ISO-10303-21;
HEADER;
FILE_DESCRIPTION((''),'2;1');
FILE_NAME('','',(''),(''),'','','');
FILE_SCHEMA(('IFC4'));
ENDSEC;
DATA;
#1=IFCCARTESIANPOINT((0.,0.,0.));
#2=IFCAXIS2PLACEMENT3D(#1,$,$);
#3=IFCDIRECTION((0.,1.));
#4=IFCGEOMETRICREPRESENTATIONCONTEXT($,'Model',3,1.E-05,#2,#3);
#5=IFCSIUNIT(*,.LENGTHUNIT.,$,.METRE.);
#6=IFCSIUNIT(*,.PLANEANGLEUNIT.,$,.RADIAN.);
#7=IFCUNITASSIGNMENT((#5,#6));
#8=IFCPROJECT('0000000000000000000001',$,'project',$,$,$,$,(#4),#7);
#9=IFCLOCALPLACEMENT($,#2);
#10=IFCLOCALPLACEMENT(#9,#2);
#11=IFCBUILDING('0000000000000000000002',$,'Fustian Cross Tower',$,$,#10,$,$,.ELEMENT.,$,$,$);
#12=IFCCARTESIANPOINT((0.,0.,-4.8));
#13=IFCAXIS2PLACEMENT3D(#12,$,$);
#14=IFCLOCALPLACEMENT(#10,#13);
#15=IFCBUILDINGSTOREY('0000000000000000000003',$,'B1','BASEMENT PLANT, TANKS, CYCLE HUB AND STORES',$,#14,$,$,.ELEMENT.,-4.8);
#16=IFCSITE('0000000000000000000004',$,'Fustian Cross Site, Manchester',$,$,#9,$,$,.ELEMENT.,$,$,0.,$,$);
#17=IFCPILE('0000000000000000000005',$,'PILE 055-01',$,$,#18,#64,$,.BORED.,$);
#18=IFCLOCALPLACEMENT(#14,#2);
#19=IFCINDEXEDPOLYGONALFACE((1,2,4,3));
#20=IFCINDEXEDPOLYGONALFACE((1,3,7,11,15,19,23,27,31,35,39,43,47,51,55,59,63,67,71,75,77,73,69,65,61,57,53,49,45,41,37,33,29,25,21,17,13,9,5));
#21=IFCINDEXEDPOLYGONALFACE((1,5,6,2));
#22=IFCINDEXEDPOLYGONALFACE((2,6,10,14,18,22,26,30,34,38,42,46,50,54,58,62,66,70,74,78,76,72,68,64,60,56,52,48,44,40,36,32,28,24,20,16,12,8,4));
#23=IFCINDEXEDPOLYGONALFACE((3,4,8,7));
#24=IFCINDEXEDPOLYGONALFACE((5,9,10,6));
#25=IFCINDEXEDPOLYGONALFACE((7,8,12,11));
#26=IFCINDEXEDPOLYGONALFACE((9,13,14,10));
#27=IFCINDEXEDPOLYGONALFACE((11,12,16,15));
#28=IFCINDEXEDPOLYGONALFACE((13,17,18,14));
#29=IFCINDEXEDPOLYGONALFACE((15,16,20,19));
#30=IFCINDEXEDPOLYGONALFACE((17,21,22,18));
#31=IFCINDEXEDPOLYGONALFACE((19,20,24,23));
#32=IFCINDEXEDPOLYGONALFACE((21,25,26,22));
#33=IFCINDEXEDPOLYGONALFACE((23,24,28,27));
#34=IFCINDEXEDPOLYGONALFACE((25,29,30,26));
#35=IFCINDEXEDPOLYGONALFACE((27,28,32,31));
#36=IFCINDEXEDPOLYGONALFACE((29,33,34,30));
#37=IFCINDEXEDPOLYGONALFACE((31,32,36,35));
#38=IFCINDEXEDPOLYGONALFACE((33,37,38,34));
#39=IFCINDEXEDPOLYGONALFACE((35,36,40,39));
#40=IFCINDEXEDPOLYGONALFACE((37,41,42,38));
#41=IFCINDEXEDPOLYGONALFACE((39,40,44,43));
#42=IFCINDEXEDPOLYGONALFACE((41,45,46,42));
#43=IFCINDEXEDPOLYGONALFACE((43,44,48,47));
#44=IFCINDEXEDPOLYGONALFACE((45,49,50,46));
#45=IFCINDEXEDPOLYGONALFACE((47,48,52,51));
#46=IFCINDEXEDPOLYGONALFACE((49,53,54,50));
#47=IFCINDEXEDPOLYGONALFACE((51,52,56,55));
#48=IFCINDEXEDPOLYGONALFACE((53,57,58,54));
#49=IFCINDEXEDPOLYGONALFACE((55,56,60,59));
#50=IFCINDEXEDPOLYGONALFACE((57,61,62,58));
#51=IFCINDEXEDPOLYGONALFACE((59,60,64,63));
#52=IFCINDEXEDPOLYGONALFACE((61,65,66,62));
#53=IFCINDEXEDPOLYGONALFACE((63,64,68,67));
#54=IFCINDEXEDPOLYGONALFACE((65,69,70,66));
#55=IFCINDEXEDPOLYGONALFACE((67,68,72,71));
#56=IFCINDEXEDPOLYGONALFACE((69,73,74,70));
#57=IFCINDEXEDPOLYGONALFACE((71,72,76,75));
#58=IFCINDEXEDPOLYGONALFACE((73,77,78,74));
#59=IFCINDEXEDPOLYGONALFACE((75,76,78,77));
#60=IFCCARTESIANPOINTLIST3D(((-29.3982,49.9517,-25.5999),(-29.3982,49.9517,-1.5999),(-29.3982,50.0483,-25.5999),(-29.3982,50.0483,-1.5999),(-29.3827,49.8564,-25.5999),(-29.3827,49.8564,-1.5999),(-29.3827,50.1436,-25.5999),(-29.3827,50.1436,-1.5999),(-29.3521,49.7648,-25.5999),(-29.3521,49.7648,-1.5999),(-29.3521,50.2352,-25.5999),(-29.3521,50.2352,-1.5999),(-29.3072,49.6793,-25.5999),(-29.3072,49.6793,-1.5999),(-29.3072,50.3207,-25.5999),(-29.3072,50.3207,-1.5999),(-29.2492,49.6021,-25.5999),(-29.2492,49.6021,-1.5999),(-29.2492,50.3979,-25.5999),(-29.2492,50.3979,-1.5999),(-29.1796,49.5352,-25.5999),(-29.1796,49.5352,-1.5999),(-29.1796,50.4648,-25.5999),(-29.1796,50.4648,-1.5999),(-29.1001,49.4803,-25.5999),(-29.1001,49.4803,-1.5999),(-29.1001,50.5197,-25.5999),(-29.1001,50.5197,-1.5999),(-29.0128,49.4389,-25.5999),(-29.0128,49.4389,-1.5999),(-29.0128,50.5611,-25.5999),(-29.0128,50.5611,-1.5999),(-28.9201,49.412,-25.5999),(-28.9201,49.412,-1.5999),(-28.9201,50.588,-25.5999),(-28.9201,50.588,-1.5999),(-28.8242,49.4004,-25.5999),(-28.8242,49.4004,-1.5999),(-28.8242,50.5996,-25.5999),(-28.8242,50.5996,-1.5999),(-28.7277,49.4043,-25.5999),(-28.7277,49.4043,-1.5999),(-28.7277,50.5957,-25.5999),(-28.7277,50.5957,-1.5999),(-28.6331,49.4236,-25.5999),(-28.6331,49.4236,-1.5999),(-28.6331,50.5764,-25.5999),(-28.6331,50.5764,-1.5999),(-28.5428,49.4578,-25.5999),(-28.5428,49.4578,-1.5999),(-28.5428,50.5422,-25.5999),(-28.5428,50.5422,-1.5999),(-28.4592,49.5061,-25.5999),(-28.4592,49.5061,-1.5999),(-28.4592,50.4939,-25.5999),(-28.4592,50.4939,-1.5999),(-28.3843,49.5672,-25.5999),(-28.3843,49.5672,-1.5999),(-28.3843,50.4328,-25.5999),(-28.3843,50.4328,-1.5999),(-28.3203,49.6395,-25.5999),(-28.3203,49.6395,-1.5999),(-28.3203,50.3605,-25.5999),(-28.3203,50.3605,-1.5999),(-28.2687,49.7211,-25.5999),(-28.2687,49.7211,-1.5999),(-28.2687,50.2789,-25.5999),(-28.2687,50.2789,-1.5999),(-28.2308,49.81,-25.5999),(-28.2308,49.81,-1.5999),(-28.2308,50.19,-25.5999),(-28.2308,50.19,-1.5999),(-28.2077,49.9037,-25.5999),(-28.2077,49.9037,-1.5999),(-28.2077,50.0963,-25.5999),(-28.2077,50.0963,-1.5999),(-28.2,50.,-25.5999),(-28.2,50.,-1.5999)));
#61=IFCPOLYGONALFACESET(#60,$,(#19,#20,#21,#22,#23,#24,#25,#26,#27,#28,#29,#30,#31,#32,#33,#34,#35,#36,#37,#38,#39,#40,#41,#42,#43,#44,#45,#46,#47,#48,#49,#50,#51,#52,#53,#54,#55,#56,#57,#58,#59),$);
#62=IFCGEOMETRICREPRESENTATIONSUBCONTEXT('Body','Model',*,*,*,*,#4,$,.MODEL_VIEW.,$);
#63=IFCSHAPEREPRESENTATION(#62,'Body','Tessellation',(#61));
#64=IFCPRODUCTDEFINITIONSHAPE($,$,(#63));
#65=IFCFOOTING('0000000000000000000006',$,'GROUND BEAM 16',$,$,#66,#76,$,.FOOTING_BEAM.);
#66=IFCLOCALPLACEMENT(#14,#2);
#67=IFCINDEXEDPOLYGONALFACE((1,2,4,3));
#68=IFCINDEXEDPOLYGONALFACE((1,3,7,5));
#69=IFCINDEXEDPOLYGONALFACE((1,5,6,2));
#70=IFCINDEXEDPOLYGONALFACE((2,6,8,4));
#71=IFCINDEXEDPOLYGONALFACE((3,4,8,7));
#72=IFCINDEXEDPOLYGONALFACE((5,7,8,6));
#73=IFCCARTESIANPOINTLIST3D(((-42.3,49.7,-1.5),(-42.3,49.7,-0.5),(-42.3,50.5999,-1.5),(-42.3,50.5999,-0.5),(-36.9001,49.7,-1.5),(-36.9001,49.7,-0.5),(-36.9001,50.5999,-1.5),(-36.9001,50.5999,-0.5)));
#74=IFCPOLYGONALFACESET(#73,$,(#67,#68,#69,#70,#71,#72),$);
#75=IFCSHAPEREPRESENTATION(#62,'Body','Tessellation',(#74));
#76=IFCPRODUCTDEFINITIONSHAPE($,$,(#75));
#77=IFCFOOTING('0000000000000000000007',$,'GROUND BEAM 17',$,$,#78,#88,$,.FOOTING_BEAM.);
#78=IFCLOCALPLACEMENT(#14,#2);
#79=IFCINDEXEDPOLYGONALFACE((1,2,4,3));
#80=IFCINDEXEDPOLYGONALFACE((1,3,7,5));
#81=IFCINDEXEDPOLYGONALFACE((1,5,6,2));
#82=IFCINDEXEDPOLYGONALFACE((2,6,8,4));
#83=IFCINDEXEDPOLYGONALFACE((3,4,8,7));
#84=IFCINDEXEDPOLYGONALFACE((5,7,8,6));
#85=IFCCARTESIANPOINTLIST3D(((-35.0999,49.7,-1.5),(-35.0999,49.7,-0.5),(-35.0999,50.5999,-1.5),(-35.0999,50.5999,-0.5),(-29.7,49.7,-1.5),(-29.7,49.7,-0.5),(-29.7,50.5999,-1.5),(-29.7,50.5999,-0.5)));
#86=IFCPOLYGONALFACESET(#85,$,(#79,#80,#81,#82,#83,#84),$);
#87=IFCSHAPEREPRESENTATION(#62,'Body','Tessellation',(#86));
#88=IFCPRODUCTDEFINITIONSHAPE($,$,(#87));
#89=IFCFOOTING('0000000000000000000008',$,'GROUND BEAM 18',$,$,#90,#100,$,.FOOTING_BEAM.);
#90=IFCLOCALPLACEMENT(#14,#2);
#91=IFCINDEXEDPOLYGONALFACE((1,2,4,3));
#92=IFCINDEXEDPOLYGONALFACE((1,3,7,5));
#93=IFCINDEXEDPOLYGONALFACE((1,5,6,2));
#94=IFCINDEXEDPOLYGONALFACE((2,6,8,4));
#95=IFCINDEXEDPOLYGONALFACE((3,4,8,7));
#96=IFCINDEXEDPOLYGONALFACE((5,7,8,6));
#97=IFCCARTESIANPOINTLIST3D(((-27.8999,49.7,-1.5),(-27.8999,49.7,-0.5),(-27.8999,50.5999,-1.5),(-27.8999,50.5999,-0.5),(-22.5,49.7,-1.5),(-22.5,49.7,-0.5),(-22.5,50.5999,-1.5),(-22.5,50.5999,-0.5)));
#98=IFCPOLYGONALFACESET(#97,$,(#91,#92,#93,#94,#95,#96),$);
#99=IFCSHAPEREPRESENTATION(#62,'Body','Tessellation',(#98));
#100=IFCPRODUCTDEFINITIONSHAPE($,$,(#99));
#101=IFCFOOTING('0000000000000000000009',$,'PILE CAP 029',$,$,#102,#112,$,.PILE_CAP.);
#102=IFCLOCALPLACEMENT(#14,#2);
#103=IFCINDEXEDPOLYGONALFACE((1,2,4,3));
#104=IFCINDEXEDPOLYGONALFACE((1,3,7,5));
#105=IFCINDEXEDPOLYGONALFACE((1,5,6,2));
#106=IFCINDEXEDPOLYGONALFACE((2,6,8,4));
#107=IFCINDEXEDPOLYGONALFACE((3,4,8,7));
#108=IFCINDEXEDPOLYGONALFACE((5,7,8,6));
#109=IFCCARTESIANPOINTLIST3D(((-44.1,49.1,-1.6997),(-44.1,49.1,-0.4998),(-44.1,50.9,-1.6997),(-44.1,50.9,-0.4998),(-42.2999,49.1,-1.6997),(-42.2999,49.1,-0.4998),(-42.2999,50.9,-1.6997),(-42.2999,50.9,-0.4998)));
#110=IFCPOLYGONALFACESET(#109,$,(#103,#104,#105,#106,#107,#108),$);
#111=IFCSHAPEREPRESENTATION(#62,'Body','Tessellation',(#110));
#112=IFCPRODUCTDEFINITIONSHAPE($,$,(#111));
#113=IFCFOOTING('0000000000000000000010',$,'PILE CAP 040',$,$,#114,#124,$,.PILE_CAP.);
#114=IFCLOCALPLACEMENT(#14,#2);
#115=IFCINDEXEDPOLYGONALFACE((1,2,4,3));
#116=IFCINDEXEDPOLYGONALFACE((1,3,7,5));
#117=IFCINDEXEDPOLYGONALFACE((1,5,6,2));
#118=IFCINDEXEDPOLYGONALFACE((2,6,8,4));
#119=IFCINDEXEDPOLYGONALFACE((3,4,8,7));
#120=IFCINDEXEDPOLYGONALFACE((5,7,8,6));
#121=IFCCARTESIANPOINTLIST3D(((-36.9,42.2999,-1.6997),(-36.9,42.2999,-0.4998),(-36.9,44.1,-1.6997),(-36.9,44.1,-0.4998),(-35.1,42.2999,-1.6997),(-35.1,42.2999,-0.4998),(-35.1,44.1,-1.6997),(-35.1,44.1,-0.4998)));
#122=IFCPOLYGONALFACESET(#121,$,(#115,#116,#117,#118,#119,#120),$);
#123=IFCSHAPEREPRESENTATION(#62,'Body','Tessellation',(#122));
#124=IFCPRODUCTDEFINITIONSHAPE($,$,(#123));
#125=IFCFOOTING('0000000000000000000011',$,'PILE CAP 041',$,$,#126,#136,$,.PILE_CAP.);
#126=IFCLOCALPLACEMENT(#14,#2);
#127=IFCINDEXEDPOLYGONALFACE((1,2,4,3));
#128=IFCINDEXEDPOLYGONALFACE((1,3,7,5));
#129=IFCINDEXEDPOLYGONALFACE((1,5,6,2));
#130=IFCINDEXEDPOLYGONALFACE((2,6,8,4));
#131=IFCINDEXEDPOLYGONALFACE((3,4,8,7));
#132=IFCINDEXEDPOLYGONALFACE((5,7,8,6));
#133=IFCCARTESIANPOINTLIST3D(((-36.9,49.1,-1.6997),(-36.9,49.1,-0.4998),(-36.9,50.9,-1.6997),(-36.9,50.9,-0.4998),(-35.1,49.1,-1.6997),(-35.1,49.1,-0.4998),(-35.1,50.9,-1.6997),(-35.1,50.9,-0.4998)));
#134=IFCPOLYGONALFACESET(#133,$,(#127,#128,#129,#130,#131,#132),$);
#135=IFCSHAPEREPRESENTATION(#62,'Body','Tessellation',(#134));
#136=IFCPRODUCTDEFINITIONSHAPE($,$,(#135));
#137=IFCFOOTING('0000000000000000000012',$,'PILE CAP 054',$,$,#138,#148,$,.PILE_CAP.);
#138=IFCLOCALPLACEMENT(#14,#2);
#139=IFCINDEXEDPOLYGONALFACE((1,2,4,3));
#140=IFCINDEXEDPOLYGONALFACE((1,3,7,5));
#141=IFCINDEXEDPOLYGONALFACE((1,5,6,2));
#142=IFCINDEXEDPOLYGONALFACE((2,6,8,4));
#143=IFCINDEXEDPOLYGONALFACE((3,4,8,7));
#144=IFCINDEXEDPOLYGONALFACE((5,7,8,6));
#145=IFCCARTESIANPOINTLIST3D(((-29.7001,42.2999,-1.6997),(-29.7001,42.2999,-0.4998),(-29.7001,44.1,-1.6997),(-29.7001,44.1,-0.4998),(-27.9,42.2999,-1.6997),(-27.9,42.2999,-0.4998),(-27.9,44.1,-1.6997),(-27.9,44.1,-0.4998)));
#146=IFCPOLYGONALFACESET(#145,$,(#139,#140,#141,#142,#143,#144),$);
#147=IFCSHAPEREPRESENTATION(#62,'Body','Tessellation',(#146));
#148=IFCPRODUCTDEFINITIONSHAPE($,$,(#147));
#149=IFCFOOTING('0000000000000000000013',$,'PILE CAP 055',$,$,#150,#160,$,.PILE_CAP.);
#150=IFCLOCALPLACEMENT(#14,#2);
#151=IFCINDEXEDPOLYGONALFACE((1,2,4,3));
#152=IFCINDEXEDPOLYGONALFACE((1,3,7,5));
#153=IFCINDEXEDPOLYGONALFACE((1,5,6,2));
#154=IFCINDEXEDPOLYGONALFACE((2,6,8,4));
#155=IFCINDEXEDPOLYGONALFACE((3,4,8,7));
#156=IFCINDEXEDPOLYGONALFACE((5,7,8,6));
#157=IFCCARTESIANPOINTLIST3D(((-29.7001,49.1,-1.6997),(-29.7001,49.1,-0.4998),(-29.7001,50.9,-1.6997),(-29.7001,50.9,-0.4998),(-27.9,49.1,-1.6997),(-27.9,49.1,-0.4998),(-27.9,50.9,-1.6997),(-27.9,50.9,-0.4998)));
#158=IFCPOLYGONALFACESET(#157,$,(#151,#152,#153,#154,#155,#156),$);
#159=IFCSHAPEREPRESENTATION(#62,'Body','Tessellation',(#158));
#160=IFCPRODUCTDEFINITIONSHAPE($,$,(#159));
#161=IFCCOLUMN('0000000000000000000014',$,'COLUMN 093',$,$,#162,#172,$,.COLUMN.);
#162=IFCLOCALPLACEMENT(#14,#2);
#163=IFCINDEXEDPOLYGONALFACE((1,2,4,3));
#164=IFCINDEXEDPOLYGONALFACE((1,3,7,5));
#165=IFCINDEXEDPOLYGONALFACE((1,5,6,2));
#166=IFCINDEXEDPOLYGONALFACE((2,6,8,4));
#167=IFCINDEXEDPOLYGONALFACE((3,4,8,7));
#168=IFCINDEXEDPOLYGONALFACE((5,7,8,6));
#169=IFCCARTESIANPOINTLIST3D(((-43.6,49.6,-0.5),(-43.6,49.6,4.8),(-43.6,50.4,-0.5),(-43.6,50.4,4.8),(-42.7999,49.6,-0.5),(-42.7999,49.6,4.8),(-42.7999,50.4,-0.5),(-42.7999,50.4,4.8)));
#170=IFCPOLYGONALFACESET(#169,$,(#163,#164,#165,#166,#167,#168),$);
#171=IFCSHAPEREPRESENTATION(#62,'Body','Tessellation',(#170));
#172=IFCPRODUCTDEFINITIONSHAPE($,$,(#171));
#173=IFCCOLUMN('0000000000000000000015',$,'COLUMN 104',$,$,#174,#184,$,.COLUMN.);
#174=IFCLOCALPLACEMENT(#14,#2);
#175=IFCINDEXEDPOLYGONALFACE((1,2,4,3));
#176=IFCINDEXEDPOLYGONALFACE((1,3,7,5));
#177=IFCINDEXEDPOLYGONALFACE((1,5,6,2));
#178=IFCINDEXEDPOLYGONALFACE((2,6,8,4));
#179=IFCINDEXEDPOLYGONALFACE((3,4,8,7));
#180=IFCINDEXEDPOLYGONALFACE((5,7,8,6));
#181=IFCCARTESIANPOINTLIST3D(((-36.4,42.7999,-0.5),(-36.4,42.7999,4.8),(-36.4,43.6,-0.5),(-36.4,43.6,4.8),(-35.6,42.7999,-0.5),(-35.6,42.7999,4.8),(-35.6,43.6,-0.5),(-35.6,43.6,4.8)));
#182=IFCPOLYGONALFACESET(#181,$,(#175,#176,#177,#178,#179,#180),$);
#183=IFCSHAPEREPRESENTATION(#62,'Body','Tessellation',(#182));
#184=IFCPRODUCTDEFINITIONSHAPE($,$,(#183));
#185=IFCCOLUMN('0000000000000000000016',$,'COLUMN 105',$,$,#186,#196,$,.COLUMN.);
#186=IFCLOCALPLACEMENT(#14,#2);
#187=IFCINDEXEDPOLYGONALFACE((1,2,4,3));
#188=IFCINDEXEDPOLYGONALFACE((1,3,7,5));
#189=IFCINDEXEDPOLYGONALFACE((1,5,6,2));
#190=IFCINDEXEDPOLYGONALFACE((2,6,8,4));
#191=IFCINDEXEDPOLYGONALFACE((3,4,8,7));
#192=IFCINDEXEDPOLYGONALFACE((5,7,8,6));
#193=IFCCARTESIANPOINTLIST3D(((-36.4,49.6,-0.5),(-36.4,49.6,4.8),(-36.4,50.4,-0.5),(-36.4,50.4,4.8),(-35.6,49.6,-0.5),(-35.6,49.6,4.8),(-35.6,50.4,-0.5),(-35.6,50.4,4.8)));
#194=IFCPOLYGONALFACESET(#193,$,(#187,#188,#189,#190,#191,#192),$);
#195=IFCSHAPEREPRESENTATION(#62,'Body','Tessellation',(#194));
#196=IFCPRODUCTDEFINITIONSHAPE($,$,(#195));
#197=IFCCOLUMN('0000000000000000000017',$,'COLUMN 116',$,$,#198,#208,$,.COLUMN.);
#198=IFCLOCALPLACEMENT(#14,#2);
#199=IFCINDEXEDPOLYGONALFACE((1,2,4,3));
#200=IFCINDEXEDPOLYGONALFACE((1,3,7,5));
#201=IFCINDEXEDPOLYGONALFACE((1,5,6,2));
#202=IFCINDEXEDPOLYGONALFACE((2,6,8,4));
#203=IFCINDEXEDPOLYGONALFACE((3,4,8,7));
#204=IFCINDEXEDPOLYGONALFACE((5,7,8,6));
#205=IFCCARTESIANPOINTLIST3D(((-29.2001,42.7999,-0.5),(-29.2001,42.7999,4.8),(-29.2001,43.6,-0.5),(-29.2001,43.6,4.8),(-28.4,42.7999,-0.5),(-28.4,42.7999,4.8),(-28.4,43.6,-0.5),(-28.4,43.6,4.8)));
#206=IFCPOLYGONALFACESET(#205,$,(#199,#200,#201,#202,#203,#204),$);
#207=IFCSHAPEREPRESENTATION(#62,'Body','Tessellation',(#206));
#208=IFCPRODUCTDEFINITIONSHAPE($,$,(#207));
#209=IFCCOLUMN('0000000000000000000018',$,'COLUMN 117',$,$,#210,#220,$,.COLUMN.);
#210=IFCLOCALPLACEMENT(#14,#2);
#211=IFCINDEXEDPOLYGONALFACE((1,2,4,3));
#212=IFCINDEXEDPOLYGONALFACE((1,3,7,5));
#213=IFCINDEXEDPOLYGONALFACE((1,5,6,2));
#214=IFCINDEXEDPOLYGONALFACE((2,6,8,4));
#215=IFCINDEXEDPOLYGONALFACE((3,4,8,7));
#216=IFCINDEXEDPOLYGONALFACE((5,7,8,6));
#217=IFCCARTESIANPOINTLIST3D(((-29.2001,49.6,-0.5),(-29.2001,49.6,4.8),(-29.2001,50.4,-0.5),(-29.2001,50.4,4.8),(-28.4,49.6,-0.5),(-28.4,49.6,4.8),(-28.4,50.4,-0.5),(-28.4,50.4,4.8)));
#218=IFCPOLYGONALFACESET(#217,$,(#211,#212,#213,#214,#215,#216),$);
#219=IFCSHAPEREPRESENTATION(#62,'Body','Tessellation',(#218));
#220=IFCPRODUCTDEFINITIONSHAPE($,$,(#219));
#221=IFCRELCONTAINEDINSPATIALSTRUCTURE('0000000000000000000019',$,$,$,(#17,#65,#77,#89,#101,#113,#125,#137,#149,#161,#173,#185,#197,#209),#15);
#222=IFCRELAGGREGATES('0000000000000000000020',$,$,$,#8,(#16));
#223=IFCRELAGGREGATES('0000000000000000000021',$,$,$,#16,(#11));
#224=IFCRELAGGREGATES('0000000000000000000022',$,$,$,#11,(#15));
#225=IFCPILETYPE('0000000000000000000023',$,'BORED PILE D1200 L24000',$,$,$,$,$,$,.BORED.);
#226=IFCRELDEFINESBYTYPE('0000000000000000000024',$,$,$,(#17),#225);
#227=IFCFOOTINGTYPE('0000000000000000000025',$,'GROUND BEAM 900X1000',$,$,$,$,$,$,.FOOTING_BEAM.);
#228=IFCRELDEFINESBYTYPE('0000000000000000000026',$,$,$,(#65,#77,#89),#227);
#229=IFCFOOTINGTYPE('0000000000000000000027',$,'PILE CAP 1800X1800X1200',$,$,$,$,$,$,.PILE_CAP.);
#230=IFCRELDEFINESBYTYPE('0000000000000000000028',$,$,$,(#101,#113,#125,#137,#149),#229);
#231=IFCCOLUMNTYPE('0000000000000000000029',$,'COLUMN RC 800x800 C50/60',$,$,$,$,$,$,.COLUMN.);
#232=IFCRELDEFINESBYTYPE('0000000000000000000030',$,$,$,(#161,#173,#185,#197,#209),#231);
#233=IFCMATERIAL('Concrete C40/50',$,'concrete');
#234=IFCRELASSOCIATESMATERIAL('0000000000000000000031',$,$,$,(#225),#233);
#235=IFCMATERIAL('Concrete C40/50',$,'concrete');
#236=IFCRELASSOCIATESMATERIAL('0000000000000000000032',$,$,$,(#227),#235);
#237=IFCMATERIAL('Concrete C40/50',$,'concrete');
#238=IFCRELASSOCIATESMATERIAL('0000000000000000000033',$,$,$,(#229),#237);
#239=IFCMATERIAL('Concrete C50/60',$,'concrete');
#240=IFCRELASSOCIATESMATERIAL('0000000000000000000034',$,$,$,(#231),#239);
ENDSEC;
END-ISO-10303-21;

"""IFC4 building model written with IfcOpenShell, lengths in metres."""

from ifc_helpers import new_model, si_unit, direction, frame, origin, origin_2d, place, context, subcontext, project, spatial, rectangle, circle, extrude, material, material_profile, profile_set, type_object, element, save


model = new_model("IFC4")

# Units and contexts
model_context = context("Model", 3, precision=1e-05, world=origin(), true_north=direction((0.0, 1.0)))
body_context = subcontext(model_context, "Body", "Model", "MODEL_VIEW")
ifc_project = project(units=[si_unit("LENGTHUNIT", "METRE"), si_unit("PLANEANGLEUNIT", "RADIAN")], contexts=[model_context])

# Site, building, storey
site_placement = place(None, origin())
site = spatial("IfcSite", under=ifc_project, at=site_placement, Name="Fustian Cross Site, Manchester", CompositionType="ELEMENT", RefElevation=0.0)
building_placement = place(site_placement, origin())
building = spatial("IfcBuilding", under=site, at=building_placement, Name="Fustian Cross Tower", CompositionType="ELEMENT")
storey_placement = place(building_placement, frame((0.0, 0.0, -4.8)))
storey = spatial("IfcBuildingStorey", under=building, at=storey_placement, Name="B1", Description="BASEMENT PLANT, TANKS, CYCLE HUB AND STORES", CompositionType="ELEMENT", Elevation=-4.8)

# Pile
ifc_material_1 = material(Name="Concrete C40/50", Category="concrete")
ifc_material_profile_1 = material_profile(ifc_material_1, circle(Radius=0.6001, at=origin_2d()), Name="BORED PILE D1200 L24000")
ifc_profile_set_1 = profile_set([ifc_material_profile_1], Name="Concrete C40/50")
pile_type = type_object("IfcPileType", Name="BORED PILE D1200 L24000", PredefinedType="BORED", material=ifc_profile_set_1)
for number, where, z_axis, x_axis, name in (
    (1, (-28.8, 50.0, -1.5999), (0.0, 0.0, -1.0), (1.0, 0.0, 0.0), "PILE 055-01"),
):
    element("IfcPile", number, at=place(storey_placement, frame(where, z_axis=z_axis, x_axis=x_axis)), inside=storey, type_object=pile_type, Name=name, PredefinedType="BORED", context=body_context, shape_type="SweptSolid", body=[
        extrude(circle(Radius=0.6001, at=origin_2d()), origin(), (0.0, 0.0, 1.0), 24.0),
    ])

# Footings
ifc_material_2 = material(Name="Concrete C40/50", Category="concrete")
footing_type_1 = type_object("IfcFootingType", Name="GROUND BEAM 900X1000", PredefinedType="FOOTING_BEAM", material=ifc_material_2)
for number, where, z_axis, x_axis, name in (
    (2, (-39.6001, 50.1499, -1.5), (0.0, 0.0, 1.0), (1.0, 0.0, 0.0), "GROUND BEAM 16"),
    (3, (-32.3999, 50.1499, -1.5), (0.0, 0.0, 1.0), (1.0, 0.0, 0.0), "GROUND BEAM 17"),
    (4, (-25.2, 50.1499, -1.5), (0.0, 0.0, 1.0), (1.0, 0.0, 0.0), "GROUND BEAM 18"),
):
    element("IfcFooting", number, at=place(storey_placement, frame(where, z_axis=z_axis, x_axis=x_axis)), inside=storey, type_object=footing_type_1, Name=name, PredefinedType="FOOTING_BEAM", context=body_context, shape_type="SweptSolid", body=[
        extrude(rectangle(XDim=5.3999, YDim=0.8999, at=origin_2d()), origin(), (0.0, 0.0, 1.0), 1.0),
    ])
ifc_material_3 = material(Name="Concrete C40/50", Category="concrete")
footing_type_2 = type_object("IfcFootingType", Name="PILE CAP 1800X1800X1200", PredefinedType="PILE_CAP", material=ifc_material_3)
for number, where, z_axis, x_axis, name in (
    (5, (-43.2, 50.0, -1.6997), (0.0, 0.0, 1.0), (1.0, 0.0, 0.0), "PILE CAP 029"),
    (6, (-36.0, 43.2, -1.6997), (0.0, 0.0, 1.0), (1.0, 0.0, 0.0), "PILE CAP 040"),
    (7, (-36.0, 50.0, -1.6997), (0.0, 0.0, 1.0), (1.0, 0.0, 0.0), "PILE CAP 041"),
    (8, (-28.8, 43.2, -1.6997), (0.0, 0.0, 1.0), (1.0, 0.0, 0.0), "PILE CAP 054"),
    (9, (-28.8, 50.0, -1.6997), (0.0, 0.0, 1.0), (1.0, 0.0, 0.0), "PILE CAP 055"),
):
    element("IfcFooting", number, at=place(storey_placement, frame(where, z_axis=z_axis, x_axis=x_axis)), inside=storey, type_object=footing_type_2, Name=name, PredefinedType="PILE_CAP", context=body_context, shape_type="SweptSolid", body=[
        extrude(rectangle(XDim=1.8, YDim=1.8, at=origin_2d()), origin(), (0.0, 0.0, 1.0), 1.2),
    ])

# Columns
ifc_material_4 = material(Name="Concrete C50/60", Category="concrete")
ifc_material_profile_2 = material_profile(ifc_material_4, rectangle(XDim=0.8, YDim=0.8, at=origin_2d()), Name="RC 800x800")
ifc_profile_set_2 = profile_set([ifc_material_profile_2], Name="Concrete C50/60")
column_type = type_object("IfcColumnType", Name="COLUMN RC 800x800 C50/60", PredefinedType="COLUMN", material=ifc_profile_set_2)
for number, where, z_axis, x_axis, name in (
    (10, (-43.2, 50.0, -0.5), (0.0, 0.0, 1.0), (1.0, 0.0, 0.0), "COLUMN 093"),
    (11, (-36.0, 43.2, -0.5), (0.0, 0.0, 1.0), (1.0, 0.0, 0.0), "COLUMN 104"),
    (12, (-36.0, 50.0, -0.5), (0.0, 0.0, 1.0), (1.0, 0.0, 0.0), "COLUMN 105"),
    (13, (-28.8, 43.2, -0.5), (0.0, 0.0, 1.0), (1.0, 0.0, 0.0), "COLUMN 116"),
    (14, (-28.8, 50.0, -0.5), (0.0, 0.0, 1.0), (1.0, 0.0, 0.0), "COLUMN 117"),
):
    element("IfcColumn", number, at=place(storey_placement, frame(where, z_axis=z_axis, x_axis=x_axis)), inside=storey, type_object=column_type, Name=name, PredefinedType="COLUMN", context=body_context, shape_type="SweptSolid", body=[
        extrude(rectangle(XDim=0.8, YDim=0.8, at=origin_2d()), origin(), (0.0, 0.0, 1.0), 5.3),
    ])

save(model, "model.ifc")
